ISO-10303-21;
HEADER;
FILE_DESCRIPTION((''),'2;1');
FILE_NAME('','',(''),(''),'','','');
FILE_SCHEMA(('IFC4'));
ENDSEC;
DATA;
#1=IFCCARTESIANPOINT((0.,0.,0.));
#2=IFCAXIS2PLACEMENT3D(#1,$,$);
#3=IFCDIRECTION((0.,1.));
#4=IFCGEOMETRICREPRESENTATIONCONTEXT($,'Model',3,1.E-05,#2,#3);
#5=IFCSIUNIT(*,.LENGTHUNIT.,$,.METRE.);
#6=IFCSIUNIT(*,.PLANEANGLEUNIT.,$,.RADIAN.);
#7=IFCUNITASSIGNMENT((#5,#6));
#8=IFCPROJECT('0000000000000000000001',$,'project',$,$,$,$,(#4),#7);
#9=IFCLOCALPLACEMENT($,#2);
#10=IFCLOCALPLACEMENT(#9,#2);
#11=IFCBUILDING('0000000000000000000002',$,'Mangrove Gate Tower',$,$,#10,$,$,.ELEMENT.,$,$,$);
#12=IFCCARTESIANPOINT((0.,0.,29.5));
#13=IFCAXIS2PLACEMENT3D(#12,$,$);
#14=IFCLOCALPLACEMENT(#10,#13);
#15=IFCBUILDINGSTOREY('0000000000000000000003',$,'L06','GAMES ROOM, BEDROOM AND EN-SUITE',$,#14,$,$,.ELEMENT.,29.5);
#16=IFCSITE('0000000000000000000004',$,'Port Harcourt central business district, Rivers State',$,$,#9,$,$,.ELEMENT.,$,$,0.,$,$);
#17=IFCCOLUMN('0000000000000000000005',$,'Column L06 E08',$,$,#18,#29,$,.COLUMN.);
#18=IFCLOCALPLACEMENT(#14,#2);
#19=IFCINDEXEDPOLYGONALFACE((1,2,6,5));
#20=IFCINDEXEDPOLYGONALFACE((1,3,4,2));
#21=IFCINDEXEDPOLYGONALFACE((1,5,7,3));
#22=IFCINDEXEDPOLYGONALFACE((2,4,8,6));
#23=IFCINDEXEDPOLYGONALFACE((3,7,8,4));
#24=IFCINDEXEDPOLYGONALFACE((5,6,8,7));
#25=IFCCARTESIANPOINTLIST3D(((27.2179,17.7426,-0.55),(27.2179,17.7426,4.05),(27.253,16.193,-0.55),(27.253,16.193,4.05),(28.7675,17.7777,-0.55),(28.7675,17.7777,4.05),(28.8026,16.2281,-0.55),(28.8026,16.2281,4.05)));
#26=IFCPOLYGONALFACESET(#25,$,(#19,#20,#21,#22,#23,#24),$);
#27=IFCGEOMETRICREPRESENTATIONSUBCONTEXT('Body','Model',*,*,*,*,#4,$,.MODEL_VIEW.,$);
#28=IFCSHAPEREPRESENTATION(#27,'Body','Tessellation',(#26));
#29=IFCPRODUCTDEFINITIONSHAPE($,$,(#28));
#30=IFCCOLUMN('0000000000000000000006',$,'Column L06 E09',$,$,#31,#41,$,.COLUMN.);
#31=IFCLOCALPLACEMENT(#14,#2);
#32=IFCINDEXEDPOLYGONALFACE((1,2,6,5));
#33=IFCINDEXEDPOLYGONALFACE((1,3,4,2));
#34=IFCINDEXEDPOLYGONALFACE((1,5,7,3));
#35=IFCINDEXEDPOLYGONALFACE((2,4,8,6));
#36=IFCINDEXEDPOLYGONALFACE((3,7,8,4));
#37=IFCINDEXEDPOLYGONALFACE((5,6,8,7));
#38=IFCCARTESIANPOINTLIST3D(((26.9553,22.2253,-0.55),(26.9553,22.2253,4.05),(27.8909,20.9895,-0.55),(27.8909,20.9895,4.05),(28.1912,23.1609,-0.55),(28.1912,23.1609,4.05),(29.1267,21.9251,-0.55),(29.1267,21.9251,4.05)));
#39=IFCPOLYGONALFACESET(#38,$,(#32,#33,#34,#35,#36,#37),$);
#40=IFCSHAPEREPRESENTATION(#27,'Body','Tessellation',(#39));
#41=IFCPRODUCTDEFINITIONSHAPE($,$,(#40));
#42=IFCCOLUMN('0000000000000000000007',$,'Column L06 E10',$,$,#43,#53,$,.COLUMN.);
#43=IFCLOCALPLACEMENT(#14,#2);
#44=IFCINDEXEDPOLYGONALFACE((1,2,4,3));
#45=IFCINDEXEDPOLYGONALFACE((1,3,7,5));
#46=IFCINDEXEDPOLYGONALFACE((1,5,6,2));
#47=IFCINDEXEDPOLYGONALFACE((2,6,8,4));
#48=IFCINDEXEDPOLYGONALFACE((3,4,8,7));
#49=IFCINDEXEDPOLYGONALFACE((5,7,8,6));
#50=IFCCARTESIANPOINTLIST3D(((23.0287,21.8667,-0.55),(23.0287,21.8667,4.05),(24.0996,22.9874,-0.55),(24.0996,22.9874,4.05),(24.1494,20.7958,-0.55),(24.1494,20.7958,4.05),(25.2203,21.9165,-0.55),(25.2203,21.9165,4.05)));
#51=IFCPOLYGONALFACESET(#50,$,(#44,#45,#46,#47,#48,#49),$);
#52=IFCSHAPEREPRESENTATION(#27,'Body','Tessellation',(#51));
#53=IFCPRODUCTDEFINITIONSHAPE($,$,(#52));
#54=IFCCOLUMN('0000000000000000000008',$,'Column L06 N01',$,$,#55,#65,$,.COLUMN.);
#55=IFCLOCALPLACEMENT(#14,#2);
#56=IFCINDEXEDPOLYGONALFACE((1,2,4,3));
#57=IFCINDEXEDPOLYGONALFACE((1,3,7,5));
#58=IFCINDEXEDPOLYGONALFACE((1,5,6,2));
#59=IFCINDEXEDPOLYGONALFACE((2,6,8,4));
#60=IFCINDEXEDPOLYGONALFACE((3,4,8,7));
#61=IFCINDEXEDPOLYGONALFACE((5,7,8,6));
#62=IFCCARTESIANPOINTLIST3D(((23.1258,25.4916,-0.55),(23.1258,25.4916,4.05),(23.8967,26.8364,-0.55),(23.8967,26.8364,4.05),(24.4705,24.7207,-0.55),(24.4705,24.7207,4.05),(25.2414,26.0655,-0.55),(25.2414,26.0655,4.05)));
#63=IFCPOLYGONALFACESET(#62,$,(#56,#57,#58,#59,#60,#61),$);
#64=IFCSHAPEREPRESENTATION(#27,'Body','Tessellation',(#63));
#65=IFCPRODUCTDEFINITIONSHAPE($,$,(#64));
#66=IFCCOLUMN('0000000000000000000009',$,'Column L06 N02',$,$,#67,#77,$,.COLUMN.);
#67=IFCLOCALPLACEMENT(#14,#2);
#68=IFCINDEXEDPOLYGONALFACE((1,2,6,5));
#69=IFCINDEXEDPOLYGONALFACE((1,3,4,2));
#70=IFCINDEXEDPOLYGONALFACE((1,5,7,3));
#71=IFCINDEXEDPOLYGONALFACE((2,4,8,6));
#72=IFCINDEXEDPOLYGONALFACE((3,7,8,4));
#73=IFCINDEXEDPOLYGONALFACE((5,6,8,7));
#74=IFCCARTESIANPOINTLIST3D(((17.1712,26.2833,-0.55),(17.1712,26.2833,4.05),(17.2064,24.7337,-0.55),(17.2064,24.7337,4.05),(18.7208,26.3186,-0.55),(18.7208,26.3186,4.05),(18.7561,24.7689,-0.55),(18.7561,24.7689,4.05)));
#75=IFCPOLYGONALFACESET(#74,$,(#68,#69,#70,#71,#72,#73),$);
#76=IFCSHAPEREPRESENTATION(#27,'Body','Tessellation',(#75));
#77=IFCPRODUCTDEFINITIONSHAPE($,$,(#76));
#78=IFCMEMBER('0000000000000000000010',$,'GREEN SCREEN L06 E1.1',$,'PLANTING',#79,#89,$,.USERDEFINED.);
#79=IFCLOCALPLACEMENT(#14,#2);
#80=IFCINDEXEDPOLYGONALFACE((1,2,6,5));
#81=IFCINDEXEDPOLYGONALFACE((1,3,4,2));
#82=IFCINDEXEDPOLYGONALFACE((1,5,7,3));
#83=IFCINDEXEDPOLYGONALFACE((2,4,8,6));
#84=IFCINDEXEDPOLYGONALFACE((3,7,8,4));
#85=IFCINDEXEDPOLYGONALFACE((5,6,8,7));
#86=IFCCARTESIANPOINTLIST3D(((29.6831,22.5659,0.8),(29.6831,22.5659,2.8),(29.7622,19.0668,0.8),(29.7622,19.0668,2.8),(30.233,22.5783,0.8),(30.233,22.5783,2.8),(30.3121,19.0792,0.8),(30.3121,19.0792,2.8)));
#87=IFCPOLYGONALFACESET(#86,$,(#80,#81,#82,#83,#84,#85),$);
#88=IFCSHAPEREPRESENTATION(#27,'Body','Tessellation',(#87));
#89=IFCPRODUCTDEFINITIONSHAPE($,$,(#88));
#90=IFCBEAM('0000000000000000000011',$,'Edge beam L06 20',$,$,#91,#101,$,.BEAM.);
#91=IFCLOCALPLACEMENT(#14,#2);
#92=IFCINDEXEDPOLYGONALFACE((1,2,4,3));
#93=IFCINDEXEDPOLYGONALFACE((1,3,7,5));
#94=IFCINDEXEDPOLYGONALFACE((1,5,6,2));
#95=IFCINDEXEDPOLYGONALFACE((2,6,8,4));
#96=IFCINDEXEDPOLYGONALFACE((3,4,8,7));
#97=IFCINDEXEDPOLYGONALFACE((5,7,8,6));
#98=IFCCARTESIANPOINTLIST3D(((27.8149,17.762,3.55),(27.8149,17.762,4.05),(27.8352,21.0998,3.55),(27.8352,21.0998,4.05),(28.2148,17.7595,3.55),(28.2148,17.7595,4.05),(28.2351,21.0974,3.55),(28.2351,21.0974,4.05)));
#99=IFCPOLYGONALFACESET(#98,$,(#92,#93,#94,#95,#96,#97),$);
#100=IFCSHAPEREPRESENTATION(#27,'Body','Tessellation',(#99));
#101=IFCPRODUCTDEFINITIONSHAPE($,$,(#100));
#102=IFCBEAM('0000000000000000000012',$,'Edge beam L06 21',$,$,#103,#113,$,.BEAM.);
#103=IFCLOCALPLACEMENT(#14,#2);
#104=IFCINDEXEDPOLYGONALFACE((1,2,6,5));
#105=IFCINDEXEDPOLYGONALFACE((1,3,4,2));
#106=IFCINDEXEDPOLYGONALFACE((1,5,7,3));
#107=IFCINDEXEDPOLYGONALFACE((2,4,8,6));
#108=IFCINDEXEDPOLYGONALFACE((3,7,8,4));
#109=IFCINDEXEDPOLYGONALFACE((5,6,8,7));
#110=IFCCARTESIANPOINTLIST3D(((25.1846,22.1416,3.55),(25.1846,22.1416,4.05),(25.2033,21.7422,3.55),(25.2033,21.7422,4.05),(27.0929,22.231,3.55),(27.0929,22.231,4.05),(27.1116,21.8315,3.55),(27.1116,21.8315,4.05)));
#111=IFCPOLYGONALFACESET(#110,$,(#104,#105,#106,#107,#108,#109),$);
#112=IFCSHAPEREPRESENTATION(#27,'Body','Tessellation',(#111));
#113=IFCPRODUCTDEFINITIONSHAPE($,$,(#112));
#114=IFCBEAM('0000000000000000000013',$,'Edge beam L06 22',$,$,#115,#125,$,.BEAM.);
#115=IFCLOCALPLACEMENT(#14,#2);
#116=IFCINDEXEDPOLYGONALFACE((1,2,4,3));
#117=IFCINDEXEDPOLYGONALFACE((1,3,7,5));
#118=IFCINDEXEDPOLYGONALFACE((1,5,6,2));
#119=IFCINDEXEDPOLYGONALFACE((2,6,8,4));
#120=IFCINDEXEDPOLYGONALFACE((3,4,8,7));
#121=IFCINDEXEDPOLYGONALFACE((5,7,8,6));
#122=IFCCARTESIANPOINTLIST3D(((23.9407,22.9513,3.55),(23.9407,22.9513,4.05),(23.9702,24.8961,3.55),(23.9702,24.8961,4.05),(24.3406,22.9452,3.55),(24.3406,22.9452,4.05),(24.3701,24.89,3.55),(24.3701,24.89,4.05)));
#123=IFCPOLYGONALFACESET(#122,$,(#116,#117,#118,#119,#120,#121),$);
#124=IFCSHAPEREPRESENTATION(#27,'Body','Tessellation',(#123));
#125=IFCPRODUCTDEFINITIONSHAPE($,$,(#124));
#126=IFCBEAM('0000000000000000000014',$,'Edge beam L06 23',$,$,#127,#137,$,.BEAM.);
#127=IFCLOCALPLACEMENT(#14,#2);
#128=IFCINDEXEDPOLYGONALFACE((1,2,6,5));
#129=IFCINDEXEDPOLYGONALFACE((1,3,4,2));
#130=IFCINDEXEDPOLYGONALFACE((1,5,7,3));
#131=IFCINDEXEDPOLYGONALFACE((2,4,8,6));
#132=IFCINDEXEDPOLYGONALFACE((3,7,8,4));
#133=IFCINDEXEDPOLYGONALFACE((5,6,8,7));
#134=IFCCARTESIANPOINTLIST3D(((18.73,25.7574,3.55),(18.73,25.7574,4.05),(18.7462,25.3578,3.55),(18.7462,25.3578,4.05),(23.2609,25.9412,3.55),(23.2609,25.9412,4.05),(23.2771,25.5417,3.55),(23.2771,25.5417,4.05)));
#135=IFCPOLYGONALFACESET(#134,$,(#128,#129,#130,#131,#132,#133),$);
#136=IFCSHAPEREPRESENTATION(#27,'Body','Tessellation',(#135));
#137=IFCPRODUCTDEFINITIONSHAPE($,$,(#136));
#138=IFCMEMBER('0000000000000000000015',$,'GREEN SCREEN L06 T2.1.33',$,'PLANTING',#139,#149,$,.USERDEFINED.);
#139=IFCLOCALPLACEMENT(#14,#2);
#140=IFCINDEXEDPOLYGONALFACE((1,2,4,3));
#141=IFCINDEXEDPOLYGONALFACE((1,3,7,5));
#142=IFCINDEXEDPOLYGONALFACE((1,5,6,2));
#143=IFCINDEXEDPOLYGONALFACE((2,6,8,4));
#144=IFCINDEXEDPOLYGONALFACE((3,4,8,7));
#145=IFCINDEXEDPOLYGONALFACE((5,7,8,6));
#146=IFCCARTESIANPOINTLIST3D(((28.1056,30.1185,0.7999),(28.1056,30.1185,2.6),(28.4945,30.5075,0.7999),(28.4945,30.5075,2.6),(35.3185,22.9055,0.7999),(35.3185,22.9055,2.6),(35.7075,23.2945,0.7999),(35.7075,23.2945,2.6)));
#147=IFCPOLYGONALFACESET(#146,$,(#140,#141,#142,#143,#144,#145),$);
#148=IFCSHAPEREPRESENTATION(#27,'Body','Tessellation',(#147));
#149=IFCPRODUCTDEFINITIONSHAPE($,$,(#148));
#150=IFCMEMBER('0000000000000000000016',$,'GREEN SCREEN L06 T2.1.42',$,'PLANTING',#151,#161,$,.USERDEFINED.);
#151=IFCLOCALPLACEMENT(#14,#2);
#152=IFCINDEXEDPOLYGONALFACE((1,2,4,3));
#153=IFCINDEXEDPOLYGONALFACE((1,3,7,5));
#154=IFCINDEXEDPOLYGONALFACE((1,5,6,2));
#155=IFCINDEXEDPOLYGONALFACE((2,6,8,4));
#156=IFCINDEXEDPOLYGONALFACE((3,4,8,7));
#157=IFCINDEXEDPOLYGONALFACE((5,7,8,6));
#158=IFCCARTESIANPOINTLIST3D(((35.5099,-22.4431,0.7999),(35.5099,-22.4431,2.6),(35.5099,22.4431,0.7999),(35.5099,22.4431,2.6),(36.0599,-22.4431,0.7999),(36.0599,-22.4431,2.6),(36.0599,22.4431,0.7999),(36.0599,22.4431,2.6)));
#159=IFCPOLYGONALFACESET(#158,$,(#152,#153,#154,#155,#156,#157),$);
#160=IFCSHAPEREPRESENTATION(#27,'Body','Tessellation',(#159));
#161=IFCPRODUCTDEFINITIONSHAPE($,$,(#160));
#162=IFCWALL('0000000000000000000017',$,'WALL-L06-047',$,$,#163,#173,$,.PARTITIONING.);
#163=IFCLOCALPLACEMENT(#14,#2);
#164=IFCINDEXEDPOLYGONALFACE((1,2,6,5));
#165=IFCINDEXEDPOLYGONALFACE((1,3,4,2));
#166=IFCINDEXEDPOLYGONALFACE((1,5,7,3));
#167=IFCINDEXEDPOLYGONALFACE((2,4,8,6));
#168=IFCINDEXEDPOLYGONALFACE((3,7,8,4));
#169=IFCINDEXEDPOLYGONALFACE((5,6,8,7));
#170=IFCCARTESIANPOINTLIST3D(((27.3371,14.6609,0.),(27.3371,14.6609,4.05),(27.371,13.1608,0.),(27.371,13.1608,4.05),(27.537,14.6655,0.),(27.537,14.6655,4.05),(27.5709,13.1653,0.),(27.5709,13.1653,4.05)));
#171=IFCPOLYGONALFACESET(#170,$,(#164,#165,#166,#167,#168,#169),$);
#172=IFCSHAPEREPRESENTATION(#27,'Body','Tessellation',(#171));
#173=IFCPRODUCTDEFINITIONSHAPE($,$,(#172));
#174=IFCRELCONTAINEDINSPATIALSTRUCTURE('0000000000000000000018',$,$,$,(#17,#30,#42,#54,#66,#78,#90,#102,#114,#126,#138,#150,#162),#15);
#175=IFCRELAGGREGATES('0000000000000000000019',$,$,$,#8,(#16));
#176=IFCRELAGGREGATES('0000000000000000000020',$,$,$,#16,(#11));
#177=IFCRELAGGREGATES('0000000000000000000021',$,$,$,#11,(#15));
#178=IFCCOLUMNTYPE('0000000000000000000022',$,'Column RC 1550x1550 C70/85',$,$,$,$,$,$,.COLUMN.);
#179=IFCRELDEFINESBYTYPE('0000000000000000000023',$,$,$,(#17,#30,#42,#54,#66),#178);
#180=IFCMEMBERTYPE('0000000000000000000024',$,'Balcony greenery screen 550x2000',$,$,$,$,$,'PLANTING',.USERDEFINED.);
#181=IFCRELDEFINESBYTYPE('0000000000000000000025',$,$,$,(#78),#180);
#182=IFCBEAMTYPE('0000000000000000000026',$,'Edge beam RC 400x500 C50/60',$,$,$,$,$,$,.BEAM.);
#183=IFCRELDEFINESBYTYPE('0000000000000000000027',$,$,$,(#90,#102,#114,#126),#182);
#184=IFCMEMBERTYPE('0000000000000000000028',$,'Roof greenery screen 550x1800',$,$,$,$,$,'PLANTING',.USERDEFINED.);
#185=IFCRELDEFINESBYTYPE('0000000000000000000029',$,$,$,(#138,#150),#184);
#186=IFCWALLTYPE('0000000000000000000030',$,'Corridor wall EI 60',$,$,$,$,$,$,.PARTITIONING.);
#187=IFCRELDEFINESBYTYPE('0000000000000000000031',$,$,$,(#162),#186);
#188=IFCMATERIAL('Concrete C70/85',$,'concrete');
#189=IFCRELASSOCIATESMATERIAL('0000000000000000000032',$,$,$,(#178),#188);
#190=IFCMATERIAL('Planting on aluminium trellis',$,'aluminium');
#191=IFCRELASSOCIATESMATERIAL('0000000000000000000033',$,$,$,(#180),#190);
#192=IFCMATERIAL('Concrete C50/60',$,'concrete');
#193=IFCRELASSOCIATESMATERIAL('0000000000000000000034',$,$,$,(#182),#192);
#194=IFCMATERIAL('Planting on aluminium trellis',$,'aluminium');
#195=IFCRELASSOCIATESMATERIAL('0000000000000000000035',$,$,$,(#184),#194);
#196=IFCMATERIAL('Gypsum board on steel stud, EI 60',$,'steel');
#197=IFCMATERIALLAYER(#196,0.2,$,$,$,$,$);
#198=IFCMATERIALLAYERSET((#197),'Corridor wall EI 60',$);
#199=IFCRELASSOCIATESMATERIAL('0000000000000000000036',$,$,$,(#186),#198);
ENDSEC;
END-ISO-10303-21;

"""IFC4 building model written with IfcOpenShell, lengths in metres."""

from ifc_helpers import new_model, si_unit, direction, frame, frame_2d, origin, origin_2d, place, context, subcontext, project, spatial, rectangle, extrude, material, layer, layer_set, material_profile, profile_set, type_object, element, save


model = new_model("IFC4")

# Units and contexts
model_context = context("Model", 3, precision=1e-05, world=origin(), true_north=direction((0.0, 1.0)))
body_context = subcontext(model_context, "Body", "Model", "MODEL_VIEW")
ifc_project = project(units=[si_unit("LENGTHUNIT", "METRE"), si_unit("PLANEANGLEUNIT", "RADIAN")], contexts=[model_context])

# Site, building, storey
site_placement = place(None, origin())
site = spatial("IfcSite", under=ifc_project, at=site_placement, Name="Port Harcourt central business district, Rivers State", CompositionType="ELEMENT", RefElevation=0.0)
building_placement = place(site_placement, origin())
building = spatial("IfcBuilding", under=site, at=building_placement, Name="Mangrove Gate Tower", CompositionType="ELEMENT")
storey_placement = place(building_placement, frame((0.0, 0.0, 29.5)))
storey = spatial("IfcBuildingStorey", under=building, at=storey_placement, Name="L06", Description="GAMES ROOM, BEDROOM AND EN-SUITE", CompositionType="ELEMENT", Elevation=29.5)

# Columns
ifc_material_1 = material(Name="Concrete C70/85", Category="concrete")
ifc_material_profile_1 = material_profile(ifc_material_1, rectangle(XDim=1.55, YDim=1.55, at=origin_2d()))
ifc_profile_set_1 = profile_set([ifc_material_profile_1], Name="Concrete C70/85")
column_type = type_object("IfcColumnType", Name="Column RC 1550x1550 C70/85", PredefinedType="COLUMN", material=ifc_profile_set_1)
for number, where, z_axis, x_axis, name in (
    (1, (28.0103, 16.9854, -0.55), (0.0, 0.0, 1.0), (-0.022646, 0.999744, 0.0), "Column L06 E08"),
    (2, (28.041, 22.0752, -0.55), (0.0, 0.0, 1.0), (-0.603576, 0.797306, 0.0), "Column L06 E09"),
    (3, (24.1245, 21.8916, -0.55), (0.0, 0.0, 1.0), (-0.72301, 0.690837, 0.0), "Column L06 E10"),
    (4, (24.1836, 25.7786, -0.55), (0.0, 0.0, 1.0), (-0.867551, 0.497349, 0.0), "Column L06 N01"),
    (5, (17.9636, 25.5261, -0.55), (0.0, 0.0, 1.0), (-0.999742, -0.022718, 0.0), "Column L06 N02"),
):
    element("IfcColumn", number, at=place(storey_placement, frame(where, z_axis=z_axis, x_axis=x_axis)), inside=storey, type_object=column_type, Name=name, PredefinedType="COLUMN", context=body_context, shape_type="SweptSolid", body=[
        extrude(rectangle(XDim=1.55, YDim=1.55, at=origin_2d()), origin(), (0.0, 0.0, 1.0), 4.6001),
    ])

# Member
ifc_material_2 = material(Name="Planting on aluminium trellis", Category="aluminium")
ifc_material_profile_2 = material_profile(ifc_material_2, rectangle(XDim=0.55, YDim=2.0, at=origin_2d()))
ifc_profile_set_2 = profile_set([ifc_material_profile_2], Name="Planting on aluminium trellis")
member_type_1 = type_object("IfcMemberType", Name="Balcony greenery screen 550x2000", ElementType="PLANTING", PredefinedType="USERDEFINED", material=ifc_profile_set_2)
member_1_placement = place(storey_placement, frame((30.0371, 19.073, 1.8), z_axis=(-0.022601, 0.999745, 0.0), x_axis=(-0.999745, -0.022601, 0.0)))
element("IfcMember", 6, at=member_1_placement, inside=storey, type_object=member_type_1, Name="GREEN SCREEN L06 E1.1", ObjectType="PLANTING", PredefinedType="USERDEFINED", context=body_context, shape_type="SweptSolid", body=[
    extrude(rectangle(XDim=0.55, YDim=2.0, at=origin_2d()), origin(), (0.0, 0.0, 1.0), 3.5),
])

# Beams
ifc_material_3 = material(Name="Concrete C50/60", Category="concrete")
ifc_material_profile_3 = material_profile(ifc_material_3, rectangle(XDim=0.3999, YDim=0.5, at=origin_2d()))
ifc_profile_set_3 = profile_set([ifc_material_profile_3], Name="Concrete C50/60")
beam_type = type_object("IfcBeamType", Name="Edge beam RC 400x500 C50/60", PredefinedType="BEAM", material=ifc_profile_set_3)
beam_1_placement = place(storey_placement, frame((28.0149, 17.7607, 3.8), z_axis=(0.006071, 0.999982, 0.0), x_axis=(-0.999982, 0.006071, 0.0)))
element("IfcBeam", 7, at=beam_1_placement, inside=storey, type_object=beam_type, Name="Edge beam L06 20", PredefinedType="BEAM", context=body_context, shape_type="SweptSolid", body=[
    extrude(rectangle(XDim=0.3999, YDim=0.5, at=origin_2d()), origin(), (0.0, 0.0, 1.0), 3.3379),
])
beam_2_placement = place(storey_placement, frame((27.1023, 22.0312, 3.8), z_axis=(-0.998905, -0.046776, 0.0), x_axis=(0.046776, -0.998905, 0.0)))
element("IfcBeam", 8, at=beam_2_placement, inside=storey, type_object=beam_type, Name="Edge beam L06 21", PredefinedType="BEAM", context=body_context, shape_type="SweptSolid", body=[
    extrude(rectangle(XDim=0.3999, YDim=0.5, at=origin_2d()), origin(), (0.0, 0.0, 1.0), 1.9104),
])
beam_3_placement = place(storey_placement, frame((24.1406, 22.9482, 3.8), z_axis=(0.015188, 0.999885, 0.0), x_axis=(-0.999885, 0.015188, 0.0)))
element("IfcBeam", 9, at=beam_3_placement, inside=storey, type_object=beam_type, Name="Edge beam L06 22", PredefinedType="BEAM", context=body_context, shape_type="SweptSolid", body=[
    extrude(rectangle(XDim=0.3999, YDim=0.5, at=origin_2d()), origin(), (0.0, 0.0, 1.0), 1.9451),
])
beam_4_placement = place(storey_placement, frame((23.269, 25.7415, 3.8), z_axis=(-0.999178, -0.04054, 0.0), x_axis=(0.04054, -0.999178, 0.0)))
element("IfcBeam", 10, at=beam_4_placement, inside=storey, type_object=beam_type, Name="Edge beam L06 23", PredefinedType="BEAM", context=body_context, shape_type="SweptSolid", body=[
    extrude(rectangle(XDim=0.3999, YDim=0.5, at=origin_2d()), origin(), (0.0, 0.0, 1.0), 4.5347),
])

# Members
ifc_material_4 = material(Name="Planting on aluminium trellis", Category="aluminium")
ifc_material_profile_4 = material_profile(ifc_material_4, rectangle(XDim=0.55, YDim=1.8, at=origin_2d()))
ifc_profile_set_4 = profile_set([ifc_material_profile_4], Name="Planting on aluminium trellis")
member_type_2 = type_object("IfcMemberType", Name="Roof greenery screen 550x1800", ElementType="PLANTING", PredefinedType="USERDEFINED", material=ifc_profile_set_4)
member_2_placement = place(storey_placement, frame((28.3, 30.313, 1.7), z_axis=(0.707107, -0.707107, 0.0), x_axis=(0.707107, 0.707107, 0.0)))
element("IfcMember", 11, at=member_2_placement, inside=storey, type_object=member_type_2, Name="GREEN SCREEN L06 T2.1.33", ObjectType="PLANTING", PredefinedType="USERDEFINED", context=body_context, shape_type="SweptSolid", body=[
    extrude(rectangle(XDim=0.55, YDim=1.8, at=origin_2d()), origin(), (0.0, 0.0, 1.0), 10.2007),
])
member_3_placement = place(storey_placement, frame((35.7849, 22.4431, 1.7), z_axis=(0.0, -1.0, 0.0), x_axis=(1.0, 0.0, 0.0)))
element("IfcMember", 12, at=member_3_placement, inside=storey, type_object=member_type_2, Name="GREEN SCREEN L06 T2.1.42", ObjectType="PLANTING", PredefinedType="USERDEFINED", context=body_context, shape_type="SweptSolid", body=[
    extrude(rectangle(XDim=0.55, YDim=1.8, at=origin_2d()), origin(), (0.0, 0.0, 1.0), 44.8862),
])

# Wall
ifc_material_5 = material(Name="Gypsum board on steel stud, EI 60", Category="steel")
ifc_layer_1 = layer(ifc_material_5, 0.2)
ifc_layer_set_1 = layer_set([ifc_layer_1], Name="Corridor wall EI 60")
wall_type_1 = type_object("IfcWallType", Name="Corridor wall EI 60", PredefinedType="PARTITIONING", material=ifc_layer_set_1)
wall_1_placement = place(storey_placement, frame((27.4709, 13.1631, 0.0), z_axis=(0.0, 0.0, 1.0), x_axis=(-0.022618, 0.999744, 0.0)))
element("IfcWall", 13, at=wall_1_placement, inside=storey, type_object=wall_type_1, Name="WALL-L06-047", PredefinedType="PARTITIONING", context=body_context, shape_type="SweptSolid", body=[
    extrude(rectangle(XDim=1.5005, YDim=0.2, at=frame_2d((0.7502, 0.0))), origin(), (0.0, 0.0, 1.0), 4.05),
])

save(model, "model.ifc")
